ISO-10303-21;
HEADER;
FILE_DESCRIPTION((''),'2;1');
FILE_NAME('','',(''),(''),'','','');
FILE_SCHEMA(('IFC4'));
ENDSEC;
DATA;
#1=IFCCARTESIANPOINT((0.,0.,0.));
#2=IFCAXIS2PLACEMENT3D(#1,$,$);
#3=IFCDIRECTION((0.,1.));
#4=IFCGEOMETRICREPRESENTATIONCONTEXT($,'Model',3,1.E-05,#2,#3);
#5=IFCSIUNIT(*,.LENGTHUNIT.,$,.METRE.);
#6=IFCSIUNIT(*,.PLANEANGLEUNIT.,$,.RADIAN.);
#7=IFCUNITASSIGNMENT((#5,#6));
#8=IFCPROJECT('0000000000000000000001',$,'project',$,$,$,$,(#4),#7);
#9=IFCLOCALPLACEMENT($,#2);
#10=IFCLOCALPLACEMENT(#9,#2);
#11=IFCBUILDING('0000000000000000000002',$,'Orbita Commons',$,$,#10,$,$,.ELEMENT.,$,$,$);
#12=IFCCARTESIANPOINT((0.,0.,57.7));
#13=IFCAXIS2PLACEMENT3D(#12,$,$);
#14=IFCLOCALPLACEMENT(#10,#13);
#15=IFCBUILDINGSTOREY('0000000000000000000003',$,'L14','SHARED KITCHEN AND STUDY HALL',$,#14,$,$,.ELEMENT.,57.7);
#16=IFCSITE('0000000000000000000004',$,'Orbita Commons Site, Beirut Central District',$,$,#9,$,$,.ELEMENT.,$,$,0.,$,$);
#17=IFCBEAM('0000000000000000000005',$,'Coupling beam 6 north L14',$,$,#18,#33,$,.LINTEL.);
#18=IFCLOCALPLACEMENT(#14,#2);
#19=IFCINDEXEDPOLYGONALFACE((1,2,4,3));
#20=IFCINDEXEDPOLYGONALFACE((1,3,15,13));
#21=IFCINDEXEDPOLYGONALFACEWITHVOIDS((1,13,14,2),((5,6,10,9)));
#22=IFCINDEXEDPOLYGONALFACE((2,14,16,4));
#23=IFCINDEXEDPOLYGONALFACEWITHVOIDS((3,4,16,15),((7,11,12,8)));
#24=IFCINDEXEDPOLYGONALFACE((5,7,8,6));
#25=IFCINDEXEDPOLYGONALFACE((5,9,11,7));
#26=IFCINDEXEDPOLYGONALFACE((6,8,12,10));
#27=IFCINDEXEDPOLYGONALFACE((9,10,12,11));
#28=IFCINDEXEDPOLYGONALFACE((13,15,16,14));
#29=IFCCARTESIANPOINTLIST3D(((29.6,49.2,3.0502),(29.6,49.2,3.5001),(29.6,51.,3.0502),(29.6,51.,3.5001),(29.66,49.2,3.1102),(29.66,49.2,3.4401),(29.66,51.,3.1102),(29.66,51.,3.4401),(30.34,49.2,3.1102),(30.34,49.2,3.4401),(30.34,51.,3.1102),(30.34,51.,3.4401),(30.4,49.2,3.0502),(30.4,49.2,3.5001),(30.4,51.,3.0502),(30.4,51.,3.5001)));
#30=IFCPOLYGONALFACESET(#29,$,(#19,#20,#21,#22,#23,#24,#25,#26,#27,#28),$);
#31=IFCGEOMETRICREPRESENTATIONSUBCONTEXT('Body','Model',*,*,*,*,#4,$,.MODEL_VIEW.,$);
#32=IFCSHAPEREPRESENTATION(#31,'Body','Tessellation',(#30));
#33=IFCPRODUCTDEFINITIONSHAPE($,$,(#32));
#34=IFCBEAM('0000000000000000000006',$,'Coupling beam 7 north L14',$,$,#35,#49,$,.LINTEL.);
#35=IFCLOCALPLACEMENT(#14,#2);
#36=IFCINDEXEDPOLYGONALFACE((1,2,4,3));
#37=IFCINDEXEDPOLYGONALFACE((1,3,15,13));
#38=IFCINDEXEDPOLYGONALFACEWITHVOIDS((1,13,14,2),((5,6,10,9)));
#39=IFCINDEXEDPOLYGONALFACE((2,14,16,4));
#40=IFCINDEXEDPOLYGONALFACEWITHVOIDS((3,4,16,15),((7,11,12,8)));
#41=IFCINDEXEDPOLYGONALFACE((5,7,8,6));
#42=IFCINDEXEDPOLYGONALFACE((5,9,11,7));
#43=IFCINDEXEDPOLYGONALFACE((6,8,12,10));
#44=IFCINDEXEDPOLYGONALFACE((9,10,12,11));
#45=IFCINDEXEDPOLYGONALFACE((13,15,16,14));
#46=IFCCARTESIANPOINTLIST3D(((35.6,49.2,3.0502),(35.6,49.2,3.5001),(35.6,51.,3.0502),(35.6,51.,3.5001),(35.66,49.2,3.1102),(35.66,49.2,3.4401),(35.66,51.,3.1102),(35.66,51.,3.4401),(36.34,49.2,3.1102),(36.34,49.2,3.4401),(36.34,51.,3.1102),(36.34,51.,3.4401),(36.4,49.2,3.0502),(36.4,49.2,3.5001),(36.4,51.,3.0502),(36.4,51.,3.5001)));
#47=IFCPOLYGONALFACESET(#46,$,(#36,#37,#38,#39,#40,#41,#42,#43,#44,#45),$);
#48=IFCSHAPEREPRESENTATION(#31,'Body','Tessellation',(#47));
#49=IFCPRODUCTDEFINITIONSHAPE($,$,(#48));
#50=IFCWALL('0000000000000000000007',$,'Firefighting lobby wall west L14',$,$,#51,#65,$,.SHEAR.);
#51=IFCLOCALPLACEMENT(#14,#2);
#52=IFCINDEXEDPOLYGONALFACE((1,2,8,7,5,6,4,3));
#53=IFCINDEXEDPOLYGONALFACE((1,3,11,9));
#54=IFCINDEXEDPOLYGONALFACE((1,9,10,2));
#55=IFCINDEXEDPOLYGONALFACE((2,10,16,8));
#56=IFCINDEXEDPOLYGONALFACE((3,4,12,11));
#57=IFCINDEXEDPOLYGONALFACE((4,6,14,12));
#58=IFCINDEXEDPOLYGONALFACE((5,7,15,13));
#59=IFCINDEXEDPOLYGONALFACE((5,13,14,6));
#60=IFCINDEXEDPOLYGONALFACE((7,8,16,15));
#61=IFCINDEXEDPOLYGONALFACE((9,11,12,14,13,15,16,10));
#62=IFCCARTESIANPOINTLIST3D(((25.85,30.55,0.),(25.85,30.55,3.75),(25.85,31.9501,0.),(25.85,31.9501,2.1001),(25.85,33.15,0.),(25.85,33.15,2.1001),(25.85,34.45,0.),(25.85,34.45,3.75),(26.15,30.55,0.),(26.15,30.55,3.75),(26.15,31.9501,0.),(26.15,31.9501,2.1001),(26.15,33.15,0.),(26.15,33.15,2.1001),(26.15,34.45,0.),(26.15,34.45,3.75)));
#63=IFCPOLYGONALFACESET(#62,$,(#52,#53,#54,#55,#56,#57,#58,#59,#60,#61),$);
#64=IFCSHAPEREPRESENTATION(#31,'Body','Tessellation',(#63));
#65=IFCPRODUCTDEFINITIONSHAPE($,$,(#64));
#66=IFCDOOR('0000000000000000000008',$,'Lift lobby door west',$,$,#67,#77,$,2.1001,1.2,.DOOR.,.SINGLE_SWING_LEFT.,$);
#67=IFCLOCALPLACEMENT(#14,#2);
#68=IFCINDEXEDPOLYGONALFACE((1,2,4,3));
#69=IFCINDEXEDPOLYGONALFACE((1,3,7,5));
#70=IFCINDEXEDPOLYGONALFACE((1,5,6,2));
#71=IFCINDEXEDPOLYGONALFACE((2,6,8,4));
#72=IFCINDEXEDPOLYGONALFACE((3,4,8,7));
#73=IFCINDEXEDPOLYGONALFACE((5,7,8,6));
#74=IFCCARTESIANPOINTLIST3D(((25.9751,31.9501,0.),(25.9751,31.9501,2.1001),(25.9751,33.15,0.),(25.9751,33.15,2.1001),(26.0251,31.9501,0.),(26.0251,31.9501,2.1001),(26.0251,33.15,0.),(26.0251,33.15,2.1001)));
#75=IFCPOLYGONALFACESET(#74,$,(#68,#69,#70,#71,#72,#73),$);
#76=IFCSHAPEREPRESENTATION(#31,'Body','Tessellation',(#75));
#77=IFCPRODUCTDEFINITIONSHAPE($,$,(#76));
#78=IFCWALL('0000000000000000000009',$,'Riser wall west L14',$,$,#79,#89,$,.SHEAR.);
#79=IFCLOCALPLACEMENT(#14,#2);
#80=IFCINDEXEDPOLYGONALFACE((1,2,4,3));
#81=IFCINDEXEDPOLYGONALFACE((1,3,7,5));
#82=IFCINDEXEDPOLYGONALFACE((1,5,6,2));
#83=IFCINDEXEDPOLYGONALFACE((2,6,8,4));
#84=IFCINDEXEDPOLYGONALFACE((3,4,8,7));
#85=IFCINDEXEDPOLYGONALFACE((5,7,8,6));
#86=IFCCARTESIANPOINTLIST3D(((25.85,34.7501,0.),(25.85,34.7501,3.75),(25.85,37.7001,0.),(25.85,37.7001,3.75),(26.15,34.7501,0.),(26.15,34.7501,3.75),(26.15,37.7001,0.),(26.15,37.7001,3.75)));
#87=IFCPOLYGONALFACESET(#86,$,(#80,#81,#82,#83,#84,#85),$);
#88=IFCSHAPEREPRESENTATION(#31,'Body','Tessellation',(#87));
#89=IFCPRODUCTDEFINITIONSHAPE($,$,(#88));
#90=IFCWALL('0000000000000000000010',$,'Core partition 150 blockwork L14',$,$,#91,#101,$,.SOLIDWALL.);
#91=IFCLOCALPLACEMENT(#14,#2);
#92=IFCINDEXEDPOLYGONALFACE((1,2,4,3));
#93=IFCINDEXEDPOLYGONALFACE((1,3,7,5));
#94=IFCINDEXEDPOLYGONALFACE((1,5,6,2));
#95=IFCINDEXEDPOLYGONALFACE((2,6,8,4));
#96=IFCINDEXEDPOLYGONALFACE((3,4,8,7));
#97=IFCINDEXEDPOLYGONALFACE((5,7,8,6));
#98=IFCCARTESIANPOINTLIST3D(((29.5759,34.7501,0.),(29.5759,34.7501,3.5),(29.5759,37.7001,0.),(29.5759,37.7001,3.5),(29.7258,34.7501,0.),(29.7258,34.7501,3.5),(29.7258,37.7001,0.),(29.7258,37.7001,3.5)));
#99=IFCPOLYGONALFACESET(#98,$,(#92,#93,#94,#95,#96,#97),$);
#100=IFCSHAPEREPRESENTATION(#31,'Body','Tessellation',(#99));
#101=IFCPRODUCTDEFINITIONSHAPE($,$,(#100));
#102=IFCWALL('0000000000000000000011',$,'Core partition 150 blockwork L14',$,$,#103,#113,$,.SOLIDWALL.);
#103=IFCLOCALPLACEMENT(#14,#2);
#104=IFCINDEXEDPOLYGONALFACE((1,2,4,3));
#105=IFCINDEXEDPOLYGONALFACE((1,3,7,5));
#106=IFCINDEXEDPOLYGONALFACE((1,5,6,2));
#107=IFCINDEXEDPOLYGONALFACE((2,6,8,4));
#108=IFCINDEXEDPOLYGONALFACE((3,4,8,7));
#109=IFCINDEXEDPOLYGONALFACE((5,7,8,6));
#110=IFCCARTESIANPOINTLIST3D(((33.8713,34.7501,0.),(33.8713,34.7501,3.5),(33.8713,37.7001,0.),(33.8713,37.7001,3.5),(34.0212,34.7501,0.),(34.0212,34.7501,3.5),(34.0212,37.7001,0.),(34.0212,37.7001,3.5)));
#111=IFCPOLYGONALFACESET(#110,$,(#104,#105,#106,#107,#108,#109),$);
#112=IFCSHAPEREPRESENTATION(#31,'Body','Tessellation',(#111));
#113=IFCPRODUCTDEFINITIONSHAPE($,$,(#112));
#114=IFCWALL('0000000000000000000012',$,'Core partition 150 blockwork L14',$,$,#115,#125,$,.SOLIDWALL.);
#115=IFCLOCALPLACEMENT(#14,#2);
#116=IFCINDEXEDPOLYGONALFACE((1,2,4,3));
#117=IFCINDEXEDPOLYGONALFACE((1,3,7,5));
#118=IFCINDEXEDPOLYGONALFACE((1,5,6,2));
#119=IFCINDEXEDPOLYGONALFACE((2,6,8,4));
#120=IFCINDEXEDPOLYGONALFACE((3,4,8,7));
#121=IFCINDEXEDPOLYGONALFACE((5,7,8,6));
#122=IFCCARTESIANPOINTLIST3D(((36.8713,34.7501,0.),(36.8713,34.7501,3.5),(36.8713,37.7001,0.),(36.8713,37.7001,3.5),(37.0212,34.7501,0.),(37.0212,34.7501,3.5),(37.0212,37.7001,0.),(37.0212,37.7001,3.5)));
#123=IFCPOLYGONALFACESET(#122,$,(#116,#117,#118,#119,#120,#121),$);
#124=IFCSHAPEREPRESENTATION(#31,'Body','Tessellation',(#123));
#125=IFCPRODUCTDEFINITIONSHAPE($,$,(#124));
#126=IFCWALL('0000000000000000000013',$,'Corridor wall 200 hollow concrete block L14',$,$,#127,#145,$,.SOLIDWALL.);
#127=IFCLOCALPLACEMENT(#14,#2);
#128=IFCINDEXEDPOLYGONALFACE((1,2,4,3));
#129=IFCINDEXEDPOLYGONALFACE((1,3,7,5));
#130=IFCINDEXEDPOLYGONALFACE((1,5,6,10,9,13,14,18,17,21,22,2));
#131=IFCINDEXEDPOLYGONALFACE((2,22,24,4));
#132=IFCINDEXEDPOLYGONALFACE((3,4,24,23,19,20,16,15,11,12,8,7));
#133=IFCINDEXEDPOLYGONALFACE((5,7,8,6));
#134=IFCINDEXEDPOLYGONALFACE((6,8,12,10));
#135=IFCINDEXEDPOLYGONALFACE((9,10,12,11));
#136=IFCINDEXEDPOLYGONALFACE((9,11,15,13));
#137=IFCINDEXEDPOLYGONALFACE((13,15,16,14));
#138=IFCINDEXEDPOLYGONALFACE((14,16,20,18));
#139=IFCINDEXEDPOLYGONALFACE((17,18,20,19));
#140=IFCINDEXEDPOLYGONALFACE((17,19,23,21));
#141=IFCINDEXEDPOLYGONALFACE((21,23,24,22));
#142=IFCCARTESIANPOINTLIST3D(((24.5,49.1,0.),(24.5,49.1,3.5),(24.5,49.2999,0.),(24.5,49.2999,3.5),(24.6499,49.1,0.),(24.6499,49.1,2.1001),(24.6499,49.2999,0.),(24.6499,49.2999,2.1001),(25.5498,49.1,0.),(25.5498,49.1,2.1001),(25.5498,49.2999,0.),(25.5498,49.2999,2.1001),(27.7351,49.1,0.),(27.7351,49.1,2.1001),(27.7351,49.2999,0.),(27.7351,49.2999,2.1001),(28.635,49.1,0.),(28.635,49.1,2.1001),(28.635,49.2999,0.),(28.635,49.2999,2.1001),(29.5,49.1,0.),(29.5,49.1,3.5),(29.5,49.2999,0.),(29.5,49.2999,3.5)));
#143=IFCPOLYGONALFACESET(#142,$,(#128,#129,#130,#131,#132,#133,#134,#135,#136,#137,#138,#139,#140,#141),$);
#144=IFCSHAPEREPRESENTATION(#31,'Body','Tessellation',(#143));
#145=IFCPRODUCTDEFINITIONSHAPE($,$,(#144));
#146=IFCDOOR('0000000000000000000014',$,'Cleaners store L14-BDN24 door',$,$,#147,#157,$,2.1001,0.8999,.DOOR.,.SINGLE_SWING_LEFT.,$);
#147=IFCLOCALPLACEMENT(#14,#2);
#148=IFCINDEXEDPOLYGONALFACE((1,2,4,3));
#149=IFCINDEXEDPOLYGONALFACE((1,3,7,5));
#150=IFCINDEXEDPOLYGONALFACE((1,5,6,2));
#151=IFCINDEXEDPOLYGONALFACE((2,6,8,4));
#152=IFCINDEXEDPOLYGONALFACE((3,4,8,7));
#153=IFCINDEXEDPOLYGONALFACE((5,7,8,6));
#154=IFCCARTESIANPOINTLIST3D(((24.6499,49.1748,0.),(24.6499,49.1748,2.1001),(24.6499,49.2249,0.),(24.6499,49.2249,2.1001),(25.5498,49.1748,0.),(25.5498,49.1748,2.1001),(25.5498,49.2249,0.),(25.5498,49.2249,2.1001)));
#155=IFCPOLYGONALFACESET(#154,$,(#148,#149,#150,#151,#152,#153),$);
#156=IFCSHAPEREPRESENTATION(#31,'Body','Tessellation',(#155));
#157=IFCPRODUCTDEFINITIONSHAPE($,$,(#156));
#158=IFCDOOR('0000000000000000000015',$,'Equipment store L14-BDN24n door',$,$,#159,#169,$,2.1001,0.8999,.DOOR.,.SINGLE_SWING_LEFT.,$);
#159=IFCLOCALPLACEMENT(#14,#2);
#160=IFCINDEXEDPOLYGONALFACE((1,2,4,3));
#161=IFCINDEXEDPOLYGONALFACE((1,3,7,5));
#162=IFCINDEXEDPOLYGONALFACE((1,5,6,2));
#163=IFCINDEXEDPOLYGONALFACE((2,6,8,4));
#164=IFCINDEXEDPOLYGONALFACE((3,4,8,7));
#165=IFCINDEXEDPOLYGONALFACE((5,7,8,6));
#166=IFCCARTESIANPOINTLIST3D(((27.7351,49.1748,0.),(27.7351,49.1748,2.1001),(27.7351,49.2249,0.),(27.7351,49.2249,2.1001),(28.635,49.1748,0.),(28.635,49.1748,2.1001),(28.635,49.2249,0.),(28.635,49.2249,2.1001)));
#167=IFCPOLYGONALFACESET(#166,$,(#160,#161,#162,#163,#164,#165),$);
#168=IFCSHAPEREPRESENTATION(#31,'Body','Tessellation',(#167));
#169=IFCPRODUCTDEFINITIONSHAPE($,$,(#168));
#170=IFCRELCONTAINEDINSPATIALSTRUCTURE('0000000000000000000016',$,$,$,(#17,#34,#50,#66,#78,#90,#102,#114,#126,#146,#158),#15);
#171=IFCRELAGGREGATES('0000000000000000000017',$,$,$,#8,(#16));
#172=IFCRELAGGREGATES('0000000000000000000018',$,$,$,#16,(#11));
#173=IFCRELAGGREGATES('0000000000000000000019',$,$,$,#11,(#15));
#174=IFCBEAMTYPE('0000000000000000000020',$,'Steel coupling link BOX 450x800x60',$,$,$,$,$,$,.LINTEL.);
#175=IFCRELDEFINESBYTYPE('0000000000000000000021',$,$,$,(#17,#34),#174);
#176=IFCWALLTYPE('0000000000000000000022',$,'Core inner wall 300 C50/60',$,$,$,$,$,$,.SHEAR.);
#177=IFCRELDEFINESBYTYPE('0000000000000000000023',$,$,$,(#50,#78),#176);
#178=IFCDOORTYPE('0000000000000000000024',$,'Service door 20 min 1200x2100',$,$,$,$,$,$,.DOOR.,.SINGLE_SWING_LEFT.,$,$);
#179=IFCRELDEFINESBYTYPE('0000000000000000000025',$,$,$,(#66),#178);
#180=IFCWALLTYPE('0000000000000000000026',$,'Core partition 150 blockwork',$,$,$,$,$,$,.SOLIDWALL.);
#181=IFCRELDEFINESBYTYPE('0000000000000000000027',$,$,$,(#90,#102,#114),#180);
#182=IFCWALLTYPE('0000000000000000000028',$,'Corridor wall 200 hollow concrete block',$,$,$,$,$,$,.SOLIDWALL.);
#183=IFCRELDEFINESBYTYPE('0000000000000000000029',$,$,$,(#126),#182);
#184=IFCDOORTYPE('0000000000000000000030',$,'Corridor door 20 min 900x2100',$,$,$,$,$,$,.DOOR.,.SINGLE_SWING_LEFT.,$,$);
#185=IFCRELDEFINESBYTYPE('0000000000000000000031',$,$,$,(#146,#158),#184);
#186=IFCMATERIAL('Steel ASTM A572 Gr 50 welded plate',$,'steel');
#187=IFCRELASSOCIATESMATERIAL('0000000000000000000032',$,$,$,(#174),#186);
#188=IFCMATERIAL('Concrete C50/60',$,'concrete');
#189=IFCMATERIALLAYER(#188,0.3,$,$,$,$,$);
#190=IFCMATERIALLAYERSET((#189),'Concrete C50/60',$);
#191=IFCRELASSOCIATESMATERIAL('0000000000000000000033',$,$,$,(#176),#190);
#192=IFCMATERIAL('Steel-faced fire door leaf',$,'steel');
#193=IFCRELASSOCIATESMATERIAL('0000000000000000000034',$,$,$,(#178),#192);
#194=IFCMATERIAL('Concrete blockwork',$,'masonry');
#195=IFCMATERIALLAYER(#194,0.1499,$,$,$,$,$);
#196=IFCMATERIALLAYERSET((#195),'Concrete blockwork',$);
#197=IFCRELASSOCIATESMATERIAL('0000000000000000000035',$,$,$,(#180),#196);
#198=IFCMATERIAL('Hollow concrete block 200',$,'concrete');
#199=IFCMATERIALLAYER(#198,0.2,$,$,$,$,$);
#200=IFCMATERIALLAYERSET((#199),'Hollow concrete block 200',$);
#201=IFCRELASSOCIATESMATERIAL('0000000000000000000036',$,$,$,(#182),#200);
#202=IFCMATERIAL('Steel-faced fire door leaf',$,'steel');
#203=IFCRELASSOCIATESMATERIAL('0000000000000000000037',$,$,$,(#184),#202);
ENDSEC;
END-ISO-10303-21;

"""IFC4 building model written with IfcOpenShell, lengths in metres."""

from ifc_helpers import new_model, si_unit, direction, frame, frame_2d, origin, origin_2d, place, context, subcontext, project, spatial, rectangle, hollow_rectangle, extrude, material, layer, layer_set, material_profile, profile_set, type_object, element, fill, save


model = new_model("IFC4")

# Units and contexts
model_context = context("Model", 3, precision=1e-05, world=origin(), true_north=direction((0.0, 1.0)))
body_context = subcontext(model_context, "Body", "Model", "MODEL_VIEW")
ifc_project = project(units=[si_unit("LENGTHUNIT", "METRE"), si_unit("PLANEANGLEUNIT", "RADIAN")], contexts=[model_context])

# Site, building, storey
site_placement = place(None, origin())
site = spatial("IfcSite", under=ifc_project, at=site_placement, Name="Orbita Commons Site, Beirut Central District", CompositionType="ELEMENT", RefElevation=0.0)
building_placement = place(site_placement, origin())
building = spatial("IfcBuilding", under=site, at=building_placement, Name="Orbita Commons", CompositionType="ELEMENT")
storey_placement = place(building_placement, frame((0.0, 0.0, 57.7)))
storey = spatial("IfcBuildingStorey", under=building, at=storey_placement, Name="L14", Description="SHARED KITCHEN AND STUDY HALL", CompositionType="ELEMENT", Elevation=57.7)

# Beams
ifc_material_1 = material(Name="Steel ASTM A572 Gr 50 welded plate", Category="steel")
ifc_material_profile = material_profile(ifc_material_1, hollow_rectangle(XDim=0.8, YDim=0.45, WallThickness=0.0601, at=origin_2d()), Name="BOX 450x800x60")
ifc_profile_set = profile_set([ifc_material_profile], Name="Steel ASTM A572 Gr 50 welded plate")
beam_type = type_object("IfcBeamType", Name="Steel coupling link BOX 450x800x60", PredefinedType="LINTEL", material=ifc_profile_set)
for number, where, z_axis, x_axis, name in (
    (1, (30.0, 49.2, 3.2751), (0.0, 1.0, 0.0), (-1.0, 0.0, 0.0), "Coupling beam 6 north L14"),
    (2, (36.0, 49.2, 3.2751), (0.0, 1.0, 0.0), (-1.0, 0.0, 0.0), "Coupling beam 7 north L14"),
):
    element("IfcBeam", number, at=place(storey_placement, frame(where, z_axis=z_axis, x_axis=x_axis)), inside=storey, type_object=beam_type, Name=name, PredefinedType="LINTEL", context=body_context, shape_type="SweptSolid", body=[
        extrude(hollow_rectangle(XDim=0.8, YDim=0.45, WallThickness=0.0601, at=origin_2d()), origin(), (0.0, 0.0, 1.0), 1.8),
    ])

# Wall, opening, door
ifc_material_2 = material(Name="Concrete C50/60", Category="concrete")
ifc_layer_1 = layer(ifc_material_2, 0.3)
ifc_layer_set_1 = layer_set([ifc_layer_1], Name="Concrete C50/60")
wall_type_1 = type_object("IfcWallType", Name="Core inner wall 300 C50/60", PredefinedType="SHEAR", material=ifc_layer_set_1)
wall_1_placement = place(storey_placement, frame((26.0, 30.55, 0.0), z_axis=(0.0, 0.0, 1.0), x_axis=(0.0, 1.0, 0.0)))
wall_1 = element("IfcWall", 3, at=wall_1_placement, inside=storey, type_object=wall_type_1, Name="Firefighting lobby wall west L14", PredefinedType="SHEAR", context=body_context, shape_type="SweptSolid", body=[
    extrude(rectangle(XDim=3.8999, YDim=0.3, at=frame_2d((1.95, 0.0))), origin(), (0.0, 0.0, 1.0), 3.75),
])
opening_1_placement = place(wall_1_placement, frame((1.3999, 0.0, 0.0)))
opening_1 = element("IfcOpeningElement", 4, at=opening_1_placement, cuts=wall_1, PredefinedType="OPENING", context=body_context, shape_type="SweptSolid", body=[
    extrude(rectangle(XDim=1.2, YDim=2.1001, at=frame_2d((0.6001, 1.05))), frame((0.0, 0.1599, 0.0), z_axis=(0.0, -1.0, 0.0), x_axis=(1.0, 0.0, 0.0)), (0.0, 0.0, 1.0), 0.3201),
])
ifc_material_3 = material(Name="Steel-faced fire door leaf", Category="steel")
door_type_1 = type_object("IfcDoorType", Name="Service door 20 min 1200x2100", OperationType="SINGLE_SWING_LEFT", PredefinedType="DOOR", material=ifc_material_3)
door_1_placement = place(opening_1_placement, origin())
door_1 = element("IfcDoor", 5, at=door_1_placement, inside=storey, type_object=door_type_1, Name="Lift lobby door west", OperationType="SINGLE_SWING_LEFT", OverallHeight=2.1001, OverallWidth=1.2, PredefinedType="DOOR", context=body_context, shape_type="SweptSolid", body=[
    extrude(rectangle(XDim=1.2, YDim=2.1001, at=frame_2d((0.6001, 1.05))), frame((0.0, 0.0249, 0.0), z_axis=(0.0, -1.0, 0.0), x_axis=(1.0, 0.0, 0.0)), (0.0, 0.0, 1.0), 0.05),
])
fill(opening_1, door_1)

# Walls
wall_2_placement = place(storey_placement, frame((26.0, 34.75, 0.0), z_axis=(0.0, 0.0, 1.0), x_axis=(0.0, 1.0, 0.0)))
element("IfcWall", 6, at=wall_2_placement, inside=storey, type_object=wall_type_1, Name="Riser wall west L14", PredefinedType="SHEAR", context=body_context, shape_type="SweptSolid", body=[
    extrude(rectangle(XDim=2.95, YDim=0.3, at=frame_2d((1.4751, 0.0))), origin(), (0.0, 0.0, 1.0), 3.75),
])
ifc_material_4 = material(Name="Concrete blockwork", Category="masonry")
ifc_layer_2 = layer(ifc_material_4, 0.1499)
ifc_layer_set_2 = layer_set([ifc_layer_2], Name="Concrete blockwork")
wall_type_2 = type_object("IfcWallType", Name="Core partition 150 blockwork", PredefinedType="SOLIDWALL", material=ifc_layer_set_2)
for number, where, z_axis, x_axis, name in (
    (7, (29.6509, 34.75, 0.0), (0.0, 0.0, 1.0), (0.0, 1.0, 0.0), "Core partition 150 blockwork L14"),
    (8, (33.9463, 34.75, 0.0), (0.0, 0.0, 1.0), (0.0, 1.0, 0.0), "Core partition 150 blockwork L14"),
    (9, (36.9463, 34.75, 0.0), (0.0, 0.0, 1.0), (0.0, 1.0, 0.0), "Core partition 150 blockwork L14"),
):
    element("IfcWall", number, at=place(storey_placement, frame(where, z_axis=z_axis, x_axis=x_axis)), inside=storey, type_object=wall_type_2, Name=name, PredefinedType="SOLIDWALL", context=body_context, shape_type="SweptSolid", body=[
        extrude(rectangle(XDim=2.95, YDim=0.1499, at=frame_2d((1.4751, 0.0))), origin(), (0.0, 0.0, 1.0), 3.5),
    ])

# Wall, openings, doors
ifc_material_5 = material(Name="Hollow concrete block 200", Category="concrete")
ifc_layer_3 = layer(ifc_material_5, 0.2)
ifc_layer_set_3 = layer_set([ifc_layer_3], Name="Hollow concrete block 200")
wall_type_3 = type_object("IfcWallType", Name="Corridor wall 200 hollow concrete block", PredefinedType="SOLIDWALL", material=ifc_layer_set_3)
wall_3_placement = place(storey_placement, frame((24.5, 49.2, 0.0), z_axis=(0.0, 0.0, 1.0), x_axis=(1.0, 0.0, 0.0)))
wall_3 = element("IfcWall", 10, at=wall_3_placement, inside=storey, type_object=wall_type_3, Name="Corridor wall 200 hollow concrete block L14", PredefinedType="SOLIDWALL", context=body_context, shape_type="SweptSolid", body=[
    extrude(rectangle(XDim=5.0, YDim=0.2, at=frame_2d((2.5, 0.0))), origin(), (0.0, 0.0, 1.0), 3.5),
])
opening_2_placement = place(wall_3_placement, frame((0.1499, 0.0, 0.0)))
opening_2 = element("IfcOpeningElement", 11, at=opening_2_placement, cuts=wall_3, PredefinedType="OPENING", context=body_context, shape_type="SweptSolid", body=[
    extrude(rectangle(XDim=0.8999, YDim=2.1001, at=frame_2d((0.45, 1.05))), frame((0.0, 0.1099, 0.0), z_axis=(0.0, -1.0, 0.0), x_axis=(1.0, 0.0, 0.0)), (0.0, 0.0, 1.0), 0.22),
])
opening_3_placement = place(wall_3_placement, frame((3.2351, 0.0, 0.0)))
opening_3 = element("IfcOpeningElement", 12, at=opening_3_placement, cuts=wall_3, PredefinedType="OPENING", context=body_context, shape_type="SweptSolid", body=[
    extrude(rectangle(XDim=0.8999, YDim=2.1001, at=frame_2d((0.45, 1.05))), frame((0.0, 0.1099, 0.0), z_axis=(0.0, -1.0, 0.0), x_axis=(1.0, 0.0, 0.0)), (0.0, 0.0, 1.0), 0.22),
])
ifc_material_6 = material(Name="Steel-faced fire door leaf", Category="steel")
door_type_2 = type_object("IfcDoorType", Name="Corridor door 20 min 900x2100", OperationType="SINGLE_SWING_LEFT", PredefinedType="DOOR", material=ifc_material_6)
door_2_placement = place(opening_2_placement, origin())
door_2 = element("IfcDoor", 13, at=door_2_placement, inside=storey, type_object=door_type_2, Name="Cleaners store L14-BDN24 door", OperationType="SINGLE_SWING_LEFT", OverallHeight=2.1001, OverallWidth=0.8999, PredefinedType="DOOR", context=body_context, shape_type="SweptSolid", body=[
    extrude(rectangle(XDim=0.8999, YDim=2.1001, at=frame_2d((0.45, 1.05))), frame((0.0, 0.0249, 0.0), z_axis=(0.0, -1.0, 0.0), x_axis=(1.0, 0.0, 0.0)), (0.0, 0.0, 1.0), 0.05),
])
fill(opening_2, door_2)
door_3_placement = place(opening_3_placement, origin())
door_3 = element("IfcDoor", 14, at=door_3_placement, inside=storey, type_object=door_type_2, Name="Equipment store L14-BDN24n door", OperationType="SINGLE_SWING_LEFT", OverallHeight=2.1001, OverallWidth=0.8999, PredefinedType="DOOR", context=body_context, shape_type="SweptSolid", body=[
    extrude(rectangle(XDim=0.8999, YDim=2.1001, at=frame_2d((0.45, 1.05))), frame((0.0, 0.0249, 0.0), z_axis=(0.0, -1.0, 0.0), x_axis=(1.0, 0.0, 0.0)), (0.0, 0.0, 1.0), 0.05),
])
fill(opening_3, door_3)

save(model, "model.ifc")
